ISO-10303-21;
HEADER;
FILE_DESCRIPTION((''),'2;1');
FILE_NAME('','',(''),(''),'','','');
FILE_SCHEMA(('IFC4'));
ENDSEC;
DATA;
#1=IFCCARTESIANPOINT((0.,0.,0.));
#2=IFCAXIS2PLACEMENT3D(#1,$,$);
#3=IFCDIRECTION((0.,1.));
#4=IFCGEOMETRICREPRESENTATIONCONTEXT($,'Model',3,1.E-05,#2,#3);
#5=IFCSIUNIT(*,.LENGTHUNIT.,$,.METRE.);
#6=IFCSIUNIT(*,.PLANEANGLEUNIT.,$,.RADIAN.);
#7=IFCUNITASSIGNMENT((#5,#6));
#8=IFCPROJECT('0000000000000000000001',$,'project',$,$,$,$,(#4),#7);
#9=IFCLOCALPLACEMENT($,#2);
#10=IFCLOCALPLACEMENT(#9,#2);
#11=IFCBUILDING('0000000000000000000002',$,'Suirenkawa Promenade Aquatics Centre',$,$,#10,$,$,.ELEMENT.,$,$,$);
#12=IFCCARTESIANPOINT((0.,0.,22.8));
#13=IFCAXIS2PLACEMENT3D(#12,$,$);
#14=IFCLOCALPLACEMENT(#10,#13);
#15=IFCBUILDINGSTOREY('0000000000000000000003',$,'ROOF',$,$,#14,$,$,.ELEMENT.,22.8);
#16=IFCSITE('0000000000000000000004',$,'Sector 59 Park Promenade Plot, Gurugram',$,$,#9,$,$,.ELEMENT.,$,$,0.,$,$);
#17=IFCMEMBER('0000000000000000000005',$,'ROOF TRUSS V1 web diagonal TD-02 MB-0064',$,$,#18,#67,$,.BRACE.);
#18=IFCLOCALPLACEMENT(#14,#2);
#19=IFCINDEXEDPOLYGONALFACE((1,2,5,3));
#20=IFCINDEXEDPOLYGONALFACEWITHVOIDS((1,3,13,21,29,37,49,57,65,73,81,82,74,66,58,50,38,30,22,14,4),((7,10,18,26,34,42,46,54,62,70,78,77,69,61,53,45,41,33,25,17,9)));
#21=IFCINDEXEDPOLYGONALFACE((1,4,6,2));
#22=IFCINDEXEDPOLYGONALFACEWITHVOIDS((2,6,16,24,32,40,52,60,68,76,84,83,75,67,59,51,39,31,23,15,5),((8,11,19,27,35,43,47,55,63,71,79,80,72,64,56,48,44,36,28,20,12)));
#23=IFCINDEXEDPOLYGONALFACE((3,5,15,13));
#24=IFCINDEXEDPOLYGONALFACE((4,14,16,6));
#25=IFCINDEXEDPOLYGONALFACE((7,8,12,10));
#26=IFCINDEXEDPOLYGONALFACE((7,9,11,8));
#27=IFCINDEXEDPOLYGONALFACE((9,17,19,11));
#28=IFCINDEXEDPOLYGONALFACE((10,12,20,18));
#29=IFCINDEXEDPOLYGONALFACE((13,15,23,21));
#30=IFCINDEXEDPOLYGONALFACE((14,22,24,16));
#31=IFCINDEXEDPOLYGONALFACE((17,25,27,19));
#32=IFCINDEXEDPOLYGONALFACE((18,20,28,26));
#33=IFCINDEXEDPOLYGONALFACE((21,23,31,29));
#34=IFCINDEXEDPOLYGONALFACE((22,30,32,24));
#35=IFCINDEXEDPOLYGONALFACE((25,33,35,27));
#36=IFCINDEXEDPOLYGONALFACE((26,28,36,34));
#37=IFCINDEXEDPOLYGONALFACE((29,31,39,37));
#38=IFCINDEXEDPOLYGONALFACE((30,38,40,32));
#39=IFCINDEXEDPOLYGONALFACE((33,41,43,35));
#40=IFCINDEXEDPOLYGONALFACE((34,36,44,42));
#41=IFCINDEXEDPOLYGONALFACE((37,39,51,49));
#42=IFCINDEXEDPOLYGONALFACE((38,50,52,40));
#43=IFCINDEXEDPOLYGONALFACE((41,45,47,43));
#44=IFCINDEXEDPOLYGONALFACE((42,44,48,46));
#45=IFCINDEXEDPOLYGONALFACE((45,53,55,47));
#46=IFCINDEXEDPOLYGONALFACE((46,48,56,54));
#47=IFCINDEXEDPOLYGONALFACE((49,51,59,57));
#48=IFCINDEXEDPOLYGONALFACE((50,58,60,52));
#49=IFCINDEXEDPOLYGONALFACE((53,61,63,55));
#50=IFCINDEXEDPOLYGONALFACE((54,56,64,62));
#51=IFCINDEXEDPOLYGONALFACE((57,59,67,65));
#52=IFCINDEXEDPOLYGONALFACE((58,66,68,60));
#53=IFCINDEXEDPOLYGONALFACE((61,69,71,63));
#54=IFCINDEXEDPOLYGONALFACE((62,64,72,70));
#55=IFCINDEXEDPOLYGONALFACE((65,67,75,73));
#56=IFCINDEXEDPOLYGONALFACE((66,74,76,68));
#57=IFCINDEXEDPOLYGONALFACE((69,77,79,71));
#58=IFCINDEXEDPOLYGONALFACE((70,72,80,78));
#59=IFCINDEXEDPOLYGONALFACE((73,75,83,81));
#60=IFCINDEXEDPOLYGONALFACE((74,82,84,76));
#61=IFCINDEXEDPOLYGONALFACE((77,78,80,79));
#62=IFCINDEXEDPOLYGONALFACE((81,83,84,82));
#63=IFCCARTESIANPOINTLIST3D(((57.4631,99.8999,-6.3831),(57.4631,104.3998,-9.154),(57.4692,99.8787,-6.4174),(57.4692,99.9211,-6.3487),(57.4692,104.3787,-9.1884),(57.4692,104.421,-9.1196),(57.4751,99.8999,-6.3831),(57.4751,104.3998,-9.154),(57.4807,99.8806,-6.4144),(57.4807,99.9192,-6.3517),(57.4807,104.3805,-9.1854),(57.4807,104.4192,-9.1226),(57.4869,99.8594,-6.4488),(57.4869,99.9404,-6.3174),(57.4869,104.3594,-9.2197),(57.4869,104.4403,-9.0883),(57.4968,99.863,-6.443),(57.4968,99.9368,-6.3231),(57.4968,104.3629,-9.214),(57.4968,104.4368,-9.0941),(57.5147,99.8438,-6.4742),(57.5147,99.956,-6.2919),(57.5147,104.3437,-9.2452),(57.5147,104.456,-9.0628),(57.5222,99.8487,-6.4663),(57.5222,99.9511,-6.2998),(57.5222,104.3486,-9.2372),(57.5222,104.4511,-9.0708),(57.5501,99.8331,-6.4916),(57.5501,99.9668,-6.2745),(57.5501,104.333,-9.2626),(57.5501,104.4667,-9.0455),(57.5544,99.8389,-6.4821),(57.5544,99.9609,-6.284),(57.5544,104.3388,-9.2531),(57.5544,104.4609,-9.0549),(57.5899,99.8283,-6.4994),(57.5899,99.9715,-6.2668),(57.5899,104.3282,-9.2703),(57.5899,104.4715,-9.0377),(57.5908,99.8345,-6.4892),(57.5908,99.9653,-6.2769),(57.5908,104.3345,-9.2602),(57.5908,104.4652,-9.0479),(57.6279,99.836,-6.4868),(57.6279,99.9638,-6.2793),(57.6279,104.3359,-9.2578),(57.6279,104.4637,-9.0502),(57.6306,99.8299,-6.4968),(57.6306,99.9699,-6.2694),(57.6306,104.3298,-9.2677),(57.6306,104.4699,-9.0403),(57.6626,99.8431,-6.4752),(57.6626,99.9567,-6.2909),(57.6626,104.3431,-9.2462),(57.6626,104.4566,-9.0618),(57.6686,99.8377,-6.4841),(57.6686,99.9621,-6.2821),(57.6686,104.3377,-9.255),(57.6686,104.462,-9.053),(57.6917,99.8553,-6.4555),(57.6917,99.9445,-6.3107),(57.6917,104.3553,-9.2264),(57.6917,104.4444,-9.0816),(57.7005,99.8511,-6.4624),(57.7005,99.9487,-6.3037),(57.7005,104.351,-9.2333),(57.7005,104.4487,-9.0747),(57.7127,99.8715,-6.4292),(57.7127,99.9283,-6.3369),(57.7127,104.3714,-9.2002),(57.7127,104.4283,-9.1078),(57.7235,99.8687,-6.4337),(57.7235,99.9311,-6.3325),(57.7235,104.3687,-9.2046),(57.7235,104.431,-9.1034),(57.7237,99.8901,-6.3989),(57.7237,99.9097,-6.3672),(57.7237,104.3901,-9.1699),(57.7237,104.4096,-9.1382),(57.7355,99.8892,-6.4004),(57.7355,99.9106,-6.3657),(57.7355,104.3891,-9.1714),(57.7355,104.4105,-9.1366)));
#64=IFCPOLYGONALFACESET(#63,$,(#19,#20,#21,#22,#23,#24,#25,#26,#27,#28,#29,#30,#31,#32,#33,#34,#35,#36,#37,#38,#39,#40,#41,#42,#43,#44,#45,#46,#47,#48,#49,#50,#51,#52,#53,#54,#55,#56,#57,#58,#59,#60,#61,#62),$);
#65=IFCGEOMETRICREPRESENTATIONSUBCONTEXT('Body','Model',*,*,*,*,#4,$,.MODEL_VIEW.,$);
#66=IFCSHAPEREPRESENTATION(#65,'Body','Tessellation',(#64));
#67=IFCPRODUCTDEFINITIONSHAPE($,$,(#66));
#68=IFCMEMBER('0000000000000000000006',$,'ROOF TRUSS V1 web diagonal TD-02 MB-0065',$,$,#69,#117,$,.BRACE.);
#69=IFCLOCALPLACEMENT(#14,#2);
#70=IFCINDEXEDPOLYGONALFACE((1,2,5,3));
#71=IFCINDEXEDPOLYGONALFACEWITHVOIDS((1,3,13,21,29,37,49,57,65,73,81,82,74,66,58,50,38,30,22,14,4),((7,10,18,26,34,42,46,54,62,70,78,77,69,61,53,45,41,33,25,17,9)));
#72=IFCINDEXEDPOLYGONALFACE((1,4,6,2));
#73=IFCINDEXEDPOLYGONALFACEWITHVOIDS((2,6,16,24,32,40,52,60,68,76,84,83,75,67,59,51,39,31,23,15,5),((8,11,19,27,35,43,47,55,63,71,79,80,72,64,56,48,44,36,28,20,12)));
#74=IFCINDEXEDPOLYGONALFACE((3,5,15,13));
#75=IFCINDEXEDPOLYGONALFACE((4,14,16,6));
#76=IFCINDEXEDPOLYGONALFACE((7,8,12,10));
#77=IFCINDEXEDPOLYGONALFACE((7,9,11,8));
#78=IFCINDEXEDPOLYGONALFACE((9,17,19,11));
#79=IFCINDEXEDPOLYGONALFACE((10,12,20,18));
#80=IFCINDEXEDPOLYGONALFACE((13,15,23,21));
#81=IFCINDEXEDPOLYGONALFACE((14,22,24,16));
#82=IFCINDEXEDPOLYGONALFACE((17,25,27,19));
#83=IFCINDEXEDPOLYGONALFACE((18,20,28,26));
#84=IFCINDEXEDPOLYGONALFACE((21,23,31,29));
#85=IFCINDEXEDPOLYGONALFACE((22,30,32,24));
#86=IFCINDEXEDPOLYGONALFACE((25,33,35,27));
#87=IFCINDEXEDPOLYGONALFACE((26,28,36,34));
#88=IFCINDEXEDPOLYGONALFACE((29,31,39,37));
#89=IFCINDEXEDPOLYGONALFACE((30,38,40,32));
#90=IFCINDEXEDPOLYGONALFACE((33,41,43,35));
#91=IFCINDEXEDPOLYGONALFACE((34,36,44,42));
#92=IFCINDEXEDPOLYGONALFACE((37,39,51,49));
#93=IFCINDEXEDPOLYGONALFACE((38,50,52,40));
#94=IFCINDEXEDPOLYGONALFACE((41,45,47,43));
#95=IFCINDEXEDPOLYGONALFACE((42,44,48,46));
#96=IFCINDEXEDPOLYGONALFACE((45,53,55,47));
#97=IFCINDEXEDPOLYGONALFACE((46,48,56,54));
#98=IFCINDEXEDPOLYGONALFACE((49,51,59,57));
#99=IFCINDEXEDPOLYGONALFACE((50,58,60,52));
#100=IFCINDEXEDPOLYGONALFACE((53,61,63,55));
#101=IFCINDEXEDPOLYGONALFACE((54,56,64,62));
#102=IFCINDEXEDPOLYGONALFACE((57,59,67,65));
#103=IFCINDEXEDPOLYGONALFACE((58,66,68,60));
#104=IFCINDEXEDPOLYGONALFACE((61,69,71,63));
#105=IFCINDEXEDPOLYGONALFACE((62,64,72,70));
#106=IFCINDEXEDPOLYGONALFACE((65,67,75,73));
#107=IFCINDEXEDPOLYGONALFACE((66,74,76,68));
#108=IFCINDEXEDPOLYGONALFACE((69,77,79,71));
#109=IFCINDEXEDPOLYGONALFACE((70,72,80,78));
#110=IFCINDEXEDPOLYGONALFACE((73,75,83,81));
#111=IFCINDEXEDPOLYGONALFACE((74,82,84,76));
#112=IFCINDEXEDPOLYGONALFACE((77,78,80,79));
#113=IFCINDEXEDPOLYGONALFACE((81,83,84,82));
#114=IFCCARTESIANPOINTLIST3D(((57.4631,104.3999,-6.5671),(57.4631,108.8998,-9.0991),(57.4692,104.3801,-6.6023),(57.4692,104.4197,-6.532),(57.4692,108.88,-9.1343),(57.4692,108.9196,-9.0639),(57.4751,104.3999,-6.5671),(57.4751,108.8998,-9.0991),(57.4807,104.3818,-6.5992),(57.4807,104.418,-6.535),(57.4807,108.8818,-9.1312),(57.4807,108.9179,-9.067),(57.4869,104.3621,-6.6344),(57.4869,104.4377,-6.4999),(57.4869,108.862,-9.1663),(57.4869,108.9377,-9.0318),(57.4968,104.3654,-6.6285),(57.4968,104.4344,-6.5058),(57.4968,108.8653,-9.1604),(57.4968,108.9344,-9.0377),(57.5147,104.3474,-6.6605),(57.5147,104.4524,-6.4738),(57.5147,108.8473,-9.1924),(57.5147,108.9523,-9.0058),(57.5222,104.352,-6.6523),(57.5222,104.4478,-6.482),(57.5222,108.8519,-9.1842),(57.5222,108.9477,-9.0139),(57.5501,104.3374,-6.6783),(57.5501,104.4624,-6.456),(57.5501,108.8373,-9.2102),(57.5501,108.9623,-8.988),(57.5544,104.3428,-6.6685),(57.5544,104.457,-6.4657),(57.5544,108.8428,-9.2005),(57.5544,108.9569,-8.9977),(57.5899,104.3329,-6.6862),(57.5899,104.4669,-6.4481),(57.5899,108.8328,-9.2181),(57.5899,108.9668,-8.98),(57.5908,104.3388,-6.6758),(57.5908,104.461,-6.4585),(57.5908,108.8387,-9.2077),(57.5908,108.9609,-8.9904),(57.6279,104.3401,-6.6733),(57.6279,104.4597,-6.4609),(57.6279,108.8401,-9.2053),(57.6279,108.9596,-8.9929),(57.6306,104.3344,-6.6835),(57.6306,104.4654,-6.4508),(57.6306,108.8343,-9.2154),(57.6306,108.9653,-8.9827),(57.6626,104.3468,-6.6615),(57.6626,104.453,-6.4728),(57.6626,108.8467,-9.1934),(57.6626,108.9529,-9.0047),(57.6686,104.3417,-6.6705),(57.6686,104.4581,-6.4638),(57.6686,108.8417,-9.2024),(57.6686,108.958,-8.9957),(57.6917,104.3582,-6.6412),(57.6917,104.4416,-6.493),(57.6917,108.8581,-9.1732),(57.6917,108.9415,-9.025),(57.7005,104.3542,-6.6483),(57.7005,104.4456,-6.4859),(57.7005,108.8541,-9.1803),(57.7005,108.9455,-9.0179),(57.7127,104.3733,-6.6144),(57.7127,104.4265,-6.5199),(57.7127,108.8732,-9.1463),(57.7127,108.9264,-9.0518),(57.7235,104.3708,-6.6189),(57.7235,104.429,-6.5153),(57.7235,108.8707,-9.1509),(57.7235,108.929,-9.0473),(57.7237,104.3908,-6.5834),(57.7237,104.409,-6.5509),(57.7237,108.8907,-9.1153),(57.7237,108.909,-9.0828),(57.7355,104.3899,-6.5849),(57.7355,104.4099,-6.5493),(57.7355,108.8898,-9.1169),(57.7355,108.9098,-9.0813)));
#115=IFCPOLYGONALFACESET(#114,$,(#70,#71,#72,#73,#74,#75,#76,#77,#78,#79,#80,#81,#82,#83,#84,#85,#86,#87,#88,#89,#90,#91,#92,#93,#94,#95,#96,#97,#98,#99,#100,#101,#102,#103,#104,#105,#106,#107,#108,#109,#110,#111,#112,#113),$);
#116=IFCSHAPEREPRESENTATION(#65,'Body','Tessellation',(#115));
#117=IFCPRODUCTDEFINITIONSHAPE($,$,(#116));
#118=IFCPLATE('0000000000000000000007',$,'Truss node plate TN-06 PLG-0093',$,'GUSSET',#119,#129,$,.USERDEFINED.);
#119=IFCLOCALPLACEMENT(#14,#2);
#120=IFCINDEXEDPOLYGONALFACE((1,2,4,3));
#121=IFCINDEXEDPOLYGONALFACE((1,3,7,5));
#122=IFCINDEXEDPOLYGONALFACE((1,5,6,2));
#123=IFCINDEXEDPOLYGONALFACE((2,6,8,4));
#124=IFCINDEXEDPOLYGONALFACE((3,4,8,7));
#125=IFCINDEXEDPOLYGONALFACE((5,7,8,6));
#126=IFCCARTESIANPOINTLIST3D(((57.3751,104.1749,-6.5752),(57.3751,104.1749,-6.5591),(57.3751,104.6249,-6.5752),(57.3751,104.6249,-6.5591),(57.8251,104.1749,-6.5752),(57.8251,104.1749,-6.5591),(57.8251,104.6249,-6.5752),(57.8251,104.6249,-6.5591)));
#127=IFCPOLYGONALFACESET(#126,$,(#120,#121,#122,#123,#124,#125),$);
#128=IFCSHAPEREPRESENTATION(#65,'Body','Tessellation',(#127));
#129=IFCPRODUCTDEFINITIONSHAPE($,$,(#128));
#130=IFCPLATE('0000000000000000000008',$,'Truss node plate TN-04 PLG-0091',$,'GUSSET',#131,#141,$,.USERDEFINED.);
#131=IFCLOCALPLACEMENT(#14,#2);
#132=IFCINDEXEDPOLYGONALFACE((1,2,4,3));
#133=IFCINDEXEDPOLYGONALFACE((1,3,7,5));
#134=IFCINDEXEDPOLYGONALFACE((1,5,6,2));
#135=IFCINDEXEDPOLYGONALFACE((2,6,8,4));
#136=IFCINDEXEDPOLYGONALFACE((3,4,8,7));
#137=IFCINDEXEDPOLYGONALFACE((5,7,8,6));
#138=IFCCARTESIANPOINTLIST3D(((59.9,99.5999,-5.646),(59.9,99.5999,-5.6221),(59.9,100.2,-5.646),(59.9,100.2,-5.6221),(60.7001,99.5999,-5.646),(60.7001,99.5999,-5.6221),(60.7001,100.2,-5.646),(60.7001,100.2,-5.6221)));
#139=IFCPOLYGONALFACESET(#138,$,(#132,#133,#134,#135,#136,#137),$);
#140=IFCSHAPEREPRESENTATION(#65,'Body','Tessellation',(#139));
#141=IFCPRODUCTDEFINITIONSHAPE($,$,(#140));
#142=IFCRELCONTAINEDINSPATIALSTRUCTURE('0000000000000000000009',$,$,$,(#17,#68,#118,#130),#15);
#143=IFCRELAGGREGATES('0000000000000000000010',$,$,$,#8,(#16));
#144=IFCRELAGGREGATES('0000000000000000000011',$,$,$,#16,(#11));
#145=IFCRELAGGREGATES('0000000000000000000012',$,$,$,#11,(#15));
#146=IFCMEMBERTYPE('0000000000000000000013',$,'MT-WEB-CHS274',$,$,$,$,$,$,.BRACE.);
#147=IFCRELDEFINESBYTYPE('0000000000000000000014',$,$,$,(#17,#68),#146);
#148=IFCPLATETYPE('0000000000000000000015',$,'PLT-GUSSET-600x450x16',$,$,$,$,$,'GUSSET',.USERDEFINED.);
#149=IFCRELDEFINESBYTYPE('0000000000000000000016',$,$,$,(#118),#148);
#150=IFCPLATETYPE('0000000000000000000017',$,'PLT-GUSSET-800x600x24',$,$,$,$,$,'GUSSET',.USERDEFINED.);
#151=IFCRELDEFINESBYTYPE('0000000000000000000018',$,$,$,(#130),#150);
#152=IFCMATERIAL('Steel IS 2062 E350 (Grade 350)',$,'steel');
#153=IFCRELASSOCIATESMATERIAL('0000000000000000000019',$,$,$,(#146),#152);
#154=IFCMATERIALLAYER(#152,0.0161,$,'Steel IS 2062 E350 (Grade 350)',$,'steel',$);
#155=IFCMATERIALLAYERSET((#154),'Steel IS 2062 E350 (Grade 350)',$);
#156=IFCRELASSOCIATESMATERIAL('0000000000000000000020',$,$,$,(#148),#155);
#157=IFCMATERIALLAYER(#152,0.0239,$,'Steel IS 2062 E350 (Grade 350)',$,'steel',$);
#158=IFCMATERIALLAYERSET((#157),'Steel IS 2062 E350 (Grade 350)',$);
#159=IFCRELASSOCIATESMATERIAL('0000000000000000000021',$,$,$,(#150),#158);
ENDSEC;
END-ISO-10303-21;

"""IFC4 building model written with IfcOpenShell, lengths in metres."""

from ifc_helpers import new_model, si_unit, direction, frame, origin, origin_2d, place, context, subcontext, project, spatial, rectangle, hollow_circle, extrude, material, layer, layer_set, material_profile, profile_set, type_object, element, save


model = new_model("IFC4")

# Units and contexts
model_context = context("Model", 3, precision=1e-05, world=origin(), true_north=direction((0.0, 1.0)))
body_context = subcontext(model_context, "Body", "Model", "MODEL_VIEW")
ifc_project = project(units=[si_unit("LENGTHUNIT", "METRE"), si_unit("PLANEANGLEUNIT", "RADIAN")], contexts=[model_context])

# Site, building, storey
site_placement = place(None, origin())
site = spatial("IfcSite", under=ifc_project, at=site_placement, Name="Sector 59 Park Promenade Plot, Gurugram", CompositionType="ELEMENT", RefElevation=0.0)
building_placement = place(site_placement, origin())
building = spatial("IfcBuilding", under=site, at=building_placement, Name="Suirenkawa Promenade Aquatics Centre", CompositionType="ELEMENT")
storey_placement = place(building_placement, frame((0.0, 0.0, 22.8)))
storey = spatial("IfcBuildingStorey", under=building, at=storey_placement, Name="ROOF", CompositionType="ELEMENT", Elevation=22.8)

# Shared definitions
ifc_material = material(Name="Steel IS 2062 E350 (Grade 350)", Category="steel")

# Members
ifc_material_profile_1 = material_profile(ifc_material, hollow_circle(Radius=0.137, WallThickness=0.012, at=origin_2d()), Name="CHS 274x12", Category="steel")
ifc_profile_set_1 = profile_set([ifc_material_profile_1], Name="Steel IS 2062 E350 (Grade 350)")
member_type_1 = type_object("IfcMemberType", Name="MT-WEB-CHS274", PredefinedType="BRACE", material=ifc_profile_set_1)
member_1_placement = place(storey_placement, frame((57.6001, 99.8999, -6.3831), z_axis=(0.0, 0.851509, -0.52434), x_axis=(-1.0, 0.0, 0.0)))
element("IfcMember", 1, at=member_1_placement, inside=storey, type_object=member_type_1, Name="ROOF TRUSS V1 web diagonal TD-02 MB-0064", PredefinedType="BRACE", context=body_context, shape_type="SweptSolid", body=[
    extrude(hollow_circle(Radius=0.137, WallThickness=0.012, at=origin_2d()), origin(), (0.0, 0.0, 1.0), 5.2847),
])
member_2_placement = place(storey_placement, frame((57.6001, 104.3999, -6.5671), z_axis=(0.0, 0.871515, -0.490369), x_axis=(-1.0, 0.0, 0.0)))
element("IfcMember", 2, at=member_2_placement, inside=storey, type_object=member_type_1, Name="ROOF TRUSS V1 web diagonal TD-02 MB-0065", PredefinedType="BRACE", context=body_context, shape_type="SweptSolid", body=[
    extrude(hollow_circle(Radius=0.137, WallThickness=0.012, at=origin_2d()), origin(), (0.0, 0.0, 1.0), 5.1633),
])

# Plates
ifc_layer_1 = layer(ifc_material, 0.0161, Name="Steel IS 2062 E350 (Grade 350)", Category="steel")
ifc_layer_set_1 = layer_set([ifc_layer_1], Name="Steel IS 2062 E350 (Grade 350)")
plate_type_1 = type_object("IfcPlateType", Name="PLT-GUSSET-600x450x16", ElementType="GUSSET", PredefinedType="USERDEFINED", material=ifc_layer_set_1)
plate_1_placement = place(storey_placement, frame((57.6001, 104.3999, -6.5752), z_axis=(0.0, 0.0, 1.0), x_axis=(1.0, 0.0, 0.0)))
element("IfcPlate", 3, at=plate_1_placement, inside=storey, type_object=plate_type_1, Name="Truss node plate TN-06 PLG-0093", ObjectType="GUSSET", PredefinedType="USERDEFINED", context=body_context, shape_type="SweptSolid", body=[
    extrude(rectangle(XDim=0.45, YDim=0.45, at=origin_2d()), origin(), (0.0, 0.0, 1.0), 0.0161),
])
ifc_layer_2 = layer(ifc_material, 0.0239, Name="Steel IS 2062 E350 (Grade 350)", Category="steel")
ifc_layer_set_2 = layer_set([ifc_layer_2], Name="Steel IS 2062 E350 (Grade 350)")
plate_type_2 = type_object("IfcPlateType", Name="PLT-GUSSET-800x600x24", ElementType="GUSSET", PredefinedType="USERDEFINED", material=ifc_layer_set_2)
plate_2_placement = place(storey_placement, frame((60.3, 99.8999, -5.646), z_axis=(0.0, 0.0, 1.0), x_axis=(1.0, 0.0, 0.0)))
element("IfcPlate", 4, at=plate_2_placement, inside=storey, type_object=plate_type_2, Name="Truss node plate TN-04 PLG-0091", ObjectType="GUSSET", PredefinedType="USERDEFINED", context=body_context, shape_type="SweptSolid", body=[
    extrude(rectangle(XDim=0.8, YDim=0.6001, at=origin_2d()), origin(), (0.0, 0.0, 1.0), 0.0239),
])

save(model, "model.ifc")
